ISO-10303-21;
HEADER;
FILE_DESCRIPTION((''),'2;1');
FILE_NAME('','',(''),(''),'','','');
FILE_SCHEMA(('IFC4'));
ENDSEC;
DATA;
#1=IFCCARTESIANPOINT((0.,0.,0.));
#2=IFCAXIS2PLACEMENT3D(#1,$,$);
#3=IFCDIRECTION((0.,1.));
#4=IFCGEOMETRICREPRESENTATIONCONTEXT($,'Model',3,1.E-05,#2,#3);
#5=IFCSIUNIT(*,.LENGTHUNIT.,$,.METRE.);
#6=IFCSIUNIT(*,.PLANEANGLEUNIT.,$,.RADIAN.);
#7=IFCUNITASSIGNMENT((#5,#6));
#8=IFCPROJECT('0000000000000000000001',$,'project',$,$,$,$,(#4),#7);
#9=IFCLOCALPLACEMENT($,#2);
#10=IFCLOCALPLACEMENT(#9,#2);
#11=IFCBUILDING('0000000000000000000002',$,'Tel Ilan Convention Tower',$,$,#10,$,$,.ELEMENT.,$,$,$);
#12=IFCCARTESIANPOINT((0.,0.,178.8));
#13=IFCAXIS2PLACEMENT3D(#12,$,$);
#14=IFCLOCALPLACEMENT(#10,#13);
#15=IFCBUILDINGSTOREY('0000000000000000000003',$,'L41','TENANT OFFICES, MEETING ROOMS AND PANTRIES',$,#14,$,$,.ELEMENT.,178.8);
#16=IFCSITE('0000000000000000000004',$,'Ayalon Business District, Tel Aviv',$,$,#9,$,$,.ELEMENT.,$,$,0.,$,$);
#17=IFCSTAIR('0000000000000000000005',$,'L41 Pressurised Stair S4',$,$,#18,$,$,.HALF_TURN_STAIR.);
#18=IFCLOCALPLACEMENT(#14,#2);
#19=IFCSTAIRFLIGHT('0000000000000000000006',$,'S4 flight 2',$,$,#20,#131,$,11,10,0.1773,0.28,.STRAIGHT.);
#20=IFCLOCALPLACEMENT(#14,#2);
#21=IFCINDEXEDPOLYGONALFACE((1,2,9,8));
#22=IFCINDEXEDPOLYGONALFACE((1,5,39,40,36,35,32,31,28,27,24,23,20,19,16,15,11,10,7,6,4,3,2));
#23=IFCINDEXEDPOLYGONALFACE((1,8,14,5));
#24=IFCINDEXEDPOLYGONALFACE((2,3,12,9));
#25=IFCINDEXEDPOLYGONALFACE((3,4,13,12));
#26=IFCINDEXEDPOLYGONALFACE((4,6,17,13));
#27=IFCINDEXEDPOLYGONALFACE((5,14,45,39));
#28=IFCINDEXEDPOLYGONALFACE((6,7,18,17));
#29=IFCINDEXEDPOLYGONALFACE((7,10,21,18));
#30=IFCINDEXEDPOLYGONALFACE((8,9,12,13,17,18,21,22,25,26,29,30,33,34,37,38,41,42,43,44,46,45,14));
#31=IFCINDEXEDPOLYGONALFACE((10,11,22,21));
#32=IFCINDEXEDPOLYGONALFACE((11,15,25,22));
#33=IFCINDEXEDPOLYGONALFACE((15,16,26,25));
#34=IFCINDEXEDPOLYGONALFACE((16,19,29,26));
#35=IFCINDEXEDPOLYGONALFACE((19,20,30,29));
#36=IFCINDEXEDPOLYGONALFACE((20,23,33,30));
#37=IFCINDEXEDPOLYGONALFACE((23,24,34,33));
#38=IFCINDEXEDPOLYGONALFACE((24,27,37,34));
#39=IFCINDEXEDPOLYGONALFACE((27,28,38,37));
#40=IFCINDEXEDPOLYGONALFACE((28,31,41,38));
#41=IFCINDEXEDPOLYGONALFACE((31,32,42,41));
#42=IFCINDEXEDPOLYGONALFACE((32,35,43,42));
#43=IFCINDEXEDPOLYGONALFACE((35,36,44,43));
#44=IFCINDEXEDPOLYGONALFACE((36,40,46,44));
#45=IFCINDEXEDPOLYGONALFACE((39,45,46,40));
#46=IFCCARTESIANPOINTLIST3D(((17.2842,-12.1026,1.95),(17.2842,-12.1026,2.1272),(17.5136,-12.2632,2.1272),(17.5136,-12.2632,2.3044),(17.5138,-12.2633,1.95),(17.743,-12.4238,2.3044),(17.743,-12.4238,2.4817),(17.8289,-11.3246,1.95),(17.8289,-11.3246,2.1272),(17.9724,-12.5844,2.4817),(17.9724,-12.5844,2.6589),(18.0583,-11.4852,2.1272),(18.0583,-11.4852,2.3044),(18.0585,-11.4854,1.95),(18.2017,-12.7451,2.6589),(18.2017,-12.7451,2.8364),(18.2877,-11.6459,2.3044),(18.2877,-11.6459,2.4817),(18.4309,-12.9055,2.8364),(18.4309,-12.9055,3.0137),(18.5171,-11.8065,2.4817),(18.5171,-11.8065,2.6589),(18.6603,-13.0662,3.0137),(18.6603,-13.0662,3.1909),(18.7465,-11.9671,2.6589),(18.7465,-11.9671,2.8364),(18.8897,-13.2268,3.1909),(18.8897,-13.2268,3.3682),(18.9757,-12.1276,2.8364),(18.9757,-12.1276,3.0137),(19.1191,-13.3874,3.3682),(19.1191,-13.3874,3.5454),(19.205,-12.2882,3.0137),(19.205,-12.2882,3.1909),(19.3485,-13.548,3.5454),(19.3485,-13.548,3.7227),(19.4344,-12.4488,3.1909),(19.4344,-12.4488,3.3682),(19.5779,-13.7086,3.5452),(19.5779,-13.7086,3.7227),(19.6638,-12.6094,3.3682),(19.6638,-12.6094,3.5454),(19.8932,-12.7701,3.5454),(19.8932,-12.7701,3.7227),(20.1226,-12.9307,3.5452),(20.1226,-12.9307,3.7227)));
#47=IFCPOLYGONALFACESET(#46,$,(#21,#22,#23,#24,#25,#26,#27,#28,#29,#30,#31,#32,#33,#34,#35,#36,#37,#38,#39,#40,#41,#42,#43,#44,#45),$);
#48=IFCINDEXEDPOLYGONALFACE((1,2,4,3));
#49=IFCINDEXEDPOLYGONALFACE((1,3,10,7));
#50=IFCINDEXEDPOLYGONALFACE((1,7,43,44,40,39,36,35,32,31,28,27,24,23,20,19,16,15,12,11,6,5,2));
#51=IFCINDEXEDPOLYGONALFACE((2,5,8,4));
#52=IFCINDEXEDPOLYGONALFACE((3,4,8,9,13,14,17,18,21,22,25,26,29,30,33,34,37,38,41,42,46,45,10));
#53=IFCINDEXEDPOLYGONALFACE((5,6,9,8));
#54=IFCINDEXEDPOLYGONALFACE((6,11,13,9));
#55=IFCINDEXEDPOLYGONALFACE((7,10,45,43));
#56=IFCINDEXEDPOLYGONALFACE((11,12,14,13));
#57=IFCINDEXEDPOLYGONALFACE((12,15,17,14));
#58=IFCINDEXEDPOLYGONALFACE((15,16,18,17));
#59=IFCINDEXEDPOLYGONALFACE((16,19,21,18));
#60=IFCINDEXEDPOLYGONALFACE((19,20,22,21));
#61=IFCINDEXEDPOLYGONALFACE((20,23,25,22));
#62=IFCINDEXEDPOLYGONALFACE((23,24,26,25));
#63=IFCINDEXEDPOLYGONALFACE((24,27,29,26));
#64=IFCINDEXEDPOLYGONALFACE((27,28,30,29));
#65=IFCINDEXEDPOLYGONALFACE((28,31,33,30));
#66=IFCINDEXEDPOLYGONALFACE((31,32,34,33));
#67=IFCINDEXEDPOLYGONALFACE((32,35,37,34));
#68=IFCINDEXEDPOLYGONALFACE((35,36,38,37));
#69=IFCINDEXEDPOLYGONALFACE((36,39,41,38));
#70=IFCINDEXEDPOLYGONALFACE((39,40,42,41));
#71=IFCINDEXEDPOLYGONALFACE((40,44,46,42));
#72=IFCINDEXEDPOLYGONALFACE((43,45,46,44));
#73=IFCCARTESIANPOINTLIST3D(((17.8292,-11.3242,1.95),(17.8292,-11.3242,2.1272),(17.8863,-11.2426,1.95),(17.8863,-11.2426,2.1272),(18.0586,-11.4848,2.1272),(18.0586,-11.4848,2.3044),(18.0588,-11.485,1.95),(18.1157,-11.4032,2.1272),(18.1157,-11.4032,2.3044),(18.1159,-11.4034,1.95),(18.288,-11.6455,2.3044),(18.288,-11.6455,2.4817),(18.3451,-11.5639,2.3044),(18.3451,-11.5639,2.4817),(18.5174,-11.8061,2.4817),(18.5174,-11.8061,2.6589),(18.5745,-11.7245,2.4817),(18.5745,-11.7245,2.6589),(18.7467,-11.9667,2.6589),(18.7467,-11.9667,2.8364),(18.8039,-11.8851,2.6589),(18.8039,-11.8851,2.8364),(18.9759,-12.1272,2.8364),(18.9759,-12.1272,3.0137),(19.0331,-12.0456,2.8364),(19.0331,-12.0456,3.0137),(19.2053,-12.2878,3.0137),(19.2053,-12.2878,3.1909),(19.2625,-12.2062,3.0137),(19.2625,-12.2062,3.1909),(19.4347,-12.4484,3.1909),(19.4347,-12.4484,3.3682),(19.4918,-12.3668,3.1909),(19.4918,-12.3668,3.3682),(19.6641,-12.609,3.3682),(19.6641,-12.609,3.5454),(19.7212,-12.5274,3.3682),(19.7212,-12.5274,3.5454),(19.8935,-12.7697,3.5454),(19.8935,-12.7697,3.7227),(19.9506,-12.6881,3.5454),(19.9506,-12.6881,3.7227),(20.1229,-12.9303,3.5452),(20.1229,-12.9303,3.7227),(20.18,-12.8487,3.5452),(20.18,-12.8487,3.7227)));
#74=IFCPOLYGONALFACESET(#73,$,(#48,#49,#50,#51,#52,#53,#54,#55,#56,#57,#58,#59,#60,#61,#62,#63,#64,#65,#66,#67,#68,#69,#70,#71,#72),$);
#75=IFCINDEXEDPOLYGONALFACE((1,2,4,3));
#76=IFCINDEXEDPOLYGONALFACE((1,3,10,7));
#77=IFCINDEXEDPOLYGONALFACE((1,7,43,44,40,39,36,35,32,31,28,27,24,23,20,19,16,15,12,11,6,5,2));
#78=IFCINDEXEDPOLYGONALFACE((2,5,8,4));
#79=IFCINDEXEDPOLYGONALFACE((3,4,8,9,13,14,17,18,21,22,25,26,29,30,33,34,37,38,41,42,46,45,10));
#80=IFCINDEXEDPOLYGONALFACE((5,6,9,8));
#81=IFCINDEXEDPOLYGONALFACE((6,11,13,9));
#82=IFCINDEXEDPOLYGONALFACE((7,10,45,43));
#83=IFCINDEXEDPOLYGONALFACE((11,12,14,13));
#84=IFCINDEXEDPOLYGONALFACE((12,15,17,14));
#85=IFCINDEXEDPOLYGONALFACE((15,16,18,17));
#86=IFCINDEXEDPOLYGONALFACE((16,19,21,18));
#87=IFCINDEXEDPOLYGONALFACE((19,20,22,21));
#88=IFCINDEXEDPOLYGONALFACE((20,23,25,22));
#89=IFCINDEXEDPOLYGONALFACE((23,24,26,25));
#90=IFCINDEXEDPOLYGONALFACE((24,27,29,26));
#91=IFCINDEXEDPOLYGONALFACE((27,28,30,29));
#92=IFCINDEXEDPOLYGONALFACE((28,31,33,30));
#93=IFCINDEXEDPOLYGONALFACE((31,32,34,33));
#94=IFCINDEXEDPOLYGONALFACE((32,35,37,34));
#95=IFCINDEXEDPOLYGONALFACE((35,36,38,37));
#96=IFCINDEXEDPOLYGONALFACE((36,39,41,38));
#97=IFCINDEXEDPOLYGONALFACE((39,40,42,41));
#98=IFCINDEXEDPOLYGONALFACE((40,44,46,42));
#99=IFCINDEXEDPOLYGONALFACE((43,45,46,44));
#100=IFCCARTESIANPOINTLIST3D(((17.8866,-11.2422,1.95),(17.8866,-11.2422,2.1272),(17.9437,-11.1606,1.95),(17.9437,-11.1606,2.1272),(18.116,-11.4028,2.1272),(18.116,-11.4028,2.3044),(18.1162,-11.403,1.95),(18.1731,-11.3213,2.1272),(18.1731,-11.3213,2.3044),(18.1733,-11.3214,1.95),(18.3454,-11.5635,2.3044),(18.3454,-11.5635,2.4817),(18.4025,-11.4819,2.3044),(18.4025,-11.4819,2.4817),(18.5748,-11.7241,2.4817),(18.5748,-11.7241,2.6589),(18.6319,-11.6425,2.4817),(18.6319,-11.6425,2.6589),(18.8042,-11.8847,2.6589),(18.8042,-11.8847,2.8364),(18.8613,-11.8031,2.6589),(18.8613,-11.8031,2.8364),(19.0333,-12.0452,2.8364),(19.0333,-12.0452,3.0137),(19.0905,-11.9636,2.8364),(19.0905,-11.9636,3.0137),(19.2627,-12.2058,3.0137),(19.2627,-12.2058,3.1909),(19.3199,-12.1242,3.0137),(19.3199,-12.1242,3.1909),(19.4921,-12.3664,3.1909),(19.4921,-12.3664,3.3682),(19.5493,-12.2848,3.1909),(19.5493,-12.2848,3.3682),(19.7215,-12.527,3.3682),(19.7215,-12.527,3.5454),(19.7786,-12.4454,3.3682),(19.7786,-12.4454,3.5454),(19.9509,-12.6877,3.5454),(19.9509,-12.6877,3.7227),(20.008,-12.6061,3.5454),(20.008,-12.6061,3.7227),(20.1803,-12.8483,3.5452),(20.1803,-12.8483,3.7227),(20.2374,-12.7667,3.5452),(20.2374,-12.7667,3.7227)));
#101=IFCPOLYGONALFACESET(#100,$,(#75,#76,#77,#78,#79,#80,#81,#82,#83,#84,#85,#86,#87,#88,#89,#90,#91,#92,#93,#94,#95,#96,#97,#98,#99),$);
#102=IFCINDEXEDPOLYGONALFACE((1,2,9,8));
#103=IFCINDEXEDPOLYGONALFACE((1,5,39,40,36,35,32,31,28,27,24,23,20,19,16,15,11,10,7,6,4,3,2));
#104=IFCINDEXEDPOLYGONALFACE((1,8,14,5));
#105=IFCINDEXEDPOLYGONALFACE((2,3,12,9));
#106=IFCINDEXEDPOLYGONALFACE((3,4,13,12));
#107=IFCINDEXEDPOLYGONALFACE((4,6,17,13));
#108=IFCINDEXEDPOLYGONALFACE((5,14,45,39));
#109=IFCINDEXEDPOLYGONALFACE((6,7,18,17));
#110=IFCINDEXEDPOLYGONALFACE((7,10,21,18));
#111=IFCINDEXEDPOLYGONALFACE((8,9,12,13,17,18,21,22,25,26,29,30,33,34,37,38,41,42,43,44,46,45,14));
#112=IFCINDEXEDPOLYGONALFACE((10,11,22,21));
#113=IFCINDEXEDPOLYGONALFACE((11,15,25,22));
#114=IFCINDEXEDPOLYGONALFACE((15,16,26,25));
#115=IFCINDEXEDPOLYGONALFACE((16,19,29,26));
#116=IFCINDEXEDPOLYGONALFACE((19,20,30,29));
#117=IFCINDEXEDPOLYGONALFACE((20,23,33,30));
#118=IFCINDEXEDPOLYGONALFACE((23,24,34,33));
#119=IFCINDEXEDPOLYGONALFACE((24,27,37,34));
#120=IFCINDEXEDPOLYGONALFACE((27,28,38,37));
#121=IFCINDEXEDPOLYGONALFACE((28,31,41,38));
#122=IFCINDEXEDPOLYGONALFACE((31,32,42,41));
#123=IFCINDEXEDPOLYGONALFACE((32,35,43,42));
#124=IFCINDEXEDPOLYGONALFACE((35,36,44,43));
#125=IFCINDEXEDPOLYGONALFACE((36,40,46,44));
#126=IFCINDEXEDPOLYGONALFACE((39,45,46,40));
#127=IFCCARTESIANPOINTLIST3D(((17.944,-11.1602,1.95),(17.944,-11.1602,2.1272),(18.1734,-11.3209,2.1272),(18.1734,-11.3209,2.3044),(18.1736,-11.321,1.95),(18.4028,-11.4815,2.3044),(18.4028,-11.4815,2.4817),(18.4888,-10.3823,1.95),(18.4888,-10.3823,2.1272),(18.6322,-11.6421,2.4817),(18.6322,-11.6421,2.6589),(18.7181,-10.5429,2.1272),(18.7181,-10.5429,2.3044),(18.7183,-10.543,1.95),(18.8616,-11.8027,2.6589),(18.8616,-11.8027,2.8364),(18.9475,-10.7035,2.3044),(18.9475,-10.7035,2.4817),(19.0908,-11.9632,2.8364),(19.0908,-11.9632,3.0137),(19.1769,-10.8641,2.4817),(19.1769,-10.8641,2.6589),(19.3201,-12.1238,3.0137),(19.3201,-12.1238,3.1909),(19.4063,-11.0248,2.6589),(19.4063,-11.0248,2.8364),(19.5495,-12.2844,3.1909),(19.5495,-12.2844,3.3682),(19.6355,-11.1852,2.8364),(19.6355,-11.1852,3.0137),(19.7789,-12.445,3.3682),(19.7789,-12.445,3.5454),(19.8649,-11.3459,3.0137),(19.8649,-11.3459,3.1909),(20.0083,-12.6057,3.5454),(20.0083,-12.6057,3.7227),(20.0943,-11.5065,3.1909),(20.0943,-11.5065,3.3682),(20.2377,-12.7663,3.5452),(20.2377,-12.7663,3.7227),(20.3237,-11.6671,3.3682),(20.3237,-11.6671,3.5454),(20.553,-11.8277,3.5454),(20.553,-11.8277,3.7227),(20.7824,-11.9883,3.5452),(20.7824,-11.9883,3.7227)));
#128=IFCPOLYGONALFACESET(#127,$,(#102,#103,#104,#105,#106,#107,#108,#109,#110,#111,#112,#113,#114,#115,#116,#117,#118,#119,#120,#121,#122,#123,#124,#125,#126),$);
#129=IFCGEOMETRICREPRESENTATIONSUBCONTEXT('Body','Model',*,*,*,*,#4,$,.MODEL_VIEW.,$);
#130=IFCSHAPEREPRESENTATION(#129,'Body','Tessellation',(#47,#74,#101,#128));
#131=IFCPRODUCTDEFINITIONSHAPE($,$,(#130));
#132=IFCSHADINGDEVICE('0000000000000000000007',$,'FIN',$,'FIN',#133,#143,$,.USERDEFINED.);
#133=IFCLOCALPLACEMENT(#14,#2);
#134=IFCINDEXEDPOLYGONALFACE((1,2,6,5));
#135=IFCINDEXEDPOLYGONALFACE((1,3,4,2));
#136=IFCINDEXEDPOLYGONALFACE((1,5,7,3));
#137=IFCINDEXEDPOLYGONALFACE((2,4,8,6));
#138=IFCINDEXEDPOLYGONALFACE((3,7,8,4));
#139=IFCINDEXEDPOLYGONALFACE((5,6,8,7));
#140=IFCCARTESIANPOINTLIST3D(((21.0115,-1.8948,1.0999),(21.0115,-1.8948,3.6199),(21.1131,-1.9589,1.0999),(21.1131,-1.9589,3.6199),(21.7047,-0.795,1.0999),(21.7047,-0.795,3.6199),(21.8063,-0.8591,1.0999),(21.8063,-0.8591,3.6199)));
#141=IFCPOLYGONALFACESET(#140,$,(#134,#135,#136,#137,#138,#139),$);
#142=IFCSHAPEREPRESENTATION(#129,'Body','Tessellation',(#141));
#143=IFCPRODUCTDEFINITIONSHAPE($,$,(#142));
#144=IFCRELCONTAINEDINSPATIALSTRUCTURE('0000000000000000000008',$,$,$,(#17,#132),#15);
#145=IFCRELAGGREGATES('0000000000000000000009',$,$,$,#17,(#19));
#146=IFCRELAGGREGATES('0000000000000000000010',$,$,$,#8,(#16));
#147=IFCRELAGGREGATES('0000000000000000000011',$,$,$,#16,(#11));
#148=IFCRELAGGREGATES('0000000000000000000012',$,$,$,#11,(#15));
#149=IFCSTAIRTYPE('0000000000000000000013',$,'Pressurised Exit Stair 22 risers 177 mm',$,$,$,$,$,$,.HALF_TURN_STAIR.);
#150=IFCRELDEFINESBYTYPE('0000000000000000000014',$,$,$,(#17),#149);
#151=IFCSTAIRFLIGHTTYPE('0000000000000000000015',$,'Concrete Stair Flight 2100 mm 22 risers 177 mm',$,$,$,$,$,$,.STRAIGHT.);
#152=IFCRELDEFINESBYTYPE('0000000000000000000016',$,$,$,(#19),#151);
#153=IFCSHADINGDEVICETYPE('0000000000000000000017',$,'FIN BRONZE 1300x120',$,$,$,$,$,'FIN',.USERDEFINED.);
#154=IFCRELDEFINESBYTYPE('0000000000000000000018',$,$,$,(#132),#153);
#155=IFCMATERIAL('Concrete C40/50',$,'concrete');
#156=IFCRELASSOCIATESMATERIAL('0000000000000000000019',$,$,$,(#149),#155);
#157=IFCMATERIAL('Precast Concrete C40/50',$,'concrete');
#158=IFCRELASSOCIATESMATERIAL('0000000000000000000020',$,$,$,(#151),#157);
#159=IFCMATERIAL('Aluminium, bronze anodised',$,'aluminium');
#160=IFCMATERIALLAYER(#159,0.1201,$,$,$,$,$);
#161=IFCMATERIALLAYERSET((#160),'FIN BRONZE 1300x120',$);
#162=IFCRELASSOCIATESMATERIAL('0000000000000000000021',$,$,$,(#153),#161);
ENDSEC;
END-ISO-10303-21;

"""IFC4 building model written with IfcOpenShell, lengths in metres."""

from ifc_helpers import new_model, si_unit, direction, frame, origin, origin_2d, place, context, subcontext, project, spatial, polyline, rectangle, outline, extrude, material, layer, layer_set, type_object, element, aggregate, save


model = new_model("IFC4")

# Units and contexts
model_context = context("Model", 3, precision=1e-05, world=origin(), true_north=direction((0.0, 1.0)))
body_context = subcontext(model_context, "Body", "Model", "MODEL_VIEW")
ifc_project = project(units=[si_unit("LENGTHUNIT", "METRE"), si_unit("PLANEANGLEUNIT", "RADIAN")], contexts=[model_context])

# Site, building, storey
site_placement = place(None, origin())
site = spatial("IfcSite", under=ifc_project, at=site_placement, Name="Ayalon Business District, Tel Aviv", CompositionType="ELEMENT", RefElevation=0.0)
building_placement = place(site_placement, origin())
building = spatial("IfcBuilding", under=site, at=building_placement, Name="Tel Ilan Convention Tower", CompositionType="ELEMENT")
storey_placement = place(building_placement, frame((0.0, 0.0, 178.8)))
storey = spatial("IfcBuildingStorey", under=building, at=storey_placement, Name="L41", Description="TENANT OFFICES, MEETING ROOMS AND PANTRIES", CompositionType="ELEMENT", Elevation=178.8)

# Shared definitions
ifc_material_1 = material(Name="Concrete C40/50", Category="concrete")
stair_type = type_object("IfcStairType", Name="Pressurised Exit Stair 22 risers 177 mm", PredefinedType="HALF_TURN_STAIR", material=ifc_material_1)
ifc_material_2 = material(Name="Precast Concrete C40/50", Category="concrete")
stair_flight_type = type_object("IfcStairFlightType", Name="Concrete Stair Flight 2100 mm 22 risers 177 mm", PredefinedType="STRAIGHT", material=ifc_material_2)

# Stair, stair flight
stair_1_placement = place(storey_placement, origin())
stair_1 = element("IfcStair", 1, at=stair_1_placement, inside=storey, type_object=stair_type, Name="L41 Pressurised Stair S4", PredefinedType="HALF_TURN_STAIR")
stair_flight_1_placement = place(storey_placement, frame((17.8865, -11.2424, 1.95), z_axis=(0.0, 0.0, 1.0), x_axis=(0.819152, -0.573576, 0.0)))
stair_flight_1 = element("IfcStairFlight", 2, at=stair_flight_1_placement, type_object=stair_flight_type, Name="S4 flight 2", NumberOfRisers=11, NumberOfTreads=10, PredefinedType="STRAIGHT", RiserHeight=0.1773, TreadLength=0.28, context=body_context, shape_type="SweptSolid", body=[
    extrude(outline(polyline([(0.0, 0.0), (0.0, 0.1772), (0.28, 0.1772), (0.28, 0.3545), (0.5601, 0.3545), (0.5601, 0.5317), (0.8401, 0.5317), (0.8401, 0.709), (1.1201, 0.709), (1.1201, 0.8865), (1.3999, 0.8865), (1.3999, 1.0637), (1.6799, 1.0637), (1.6799, 1.241), (1.96, 1.241), (1.96, 1.4182), (2.24, 1.4182), (2.24, 1.5955), (2.52, 1.5955), (2.52, 1.7727), (2.8, 1.7727), (2.8, 1.95), (2.8, 1.5952), (0.2803, 0.0), (0.0, 0.0)])), frame((0.0, -0.1003, 0.0), z_axis=(0.0, -1.0, 0.0), x_axis=(1.0, 0.0, 0.0)), (0.0, 0.0, 1.0), 0.9497),
    extrude(outline(polyline([(0.0, 0.0), (0.0, 0.1772), (0.28, 0.1772), (0.28, 0.3545), (0.5601, 0.3545), (0.5601, 0.5317), (0.8401, 0.5317), (0.8401, 0.709), (1.1201, 0.709), (1.1201, 0.8865), (1.3999, 0.8865), (1.3999, 1.0637), (1.6799, 1.0637), (1.6799, 1.241), (1.96, 1.241), (1.96, 1.4182), (2.24, 1.4182), (2.24, 1.5955), (2.52, 1.5955), (2.52, 1.7727), (2.8, 1.7727), (2.8, 1.95), (2.8, 1.5952), (0.2803, 0.0), (0.0, 0.0)])), frame((0.0, -0.0002, 0.0), z_axis=(0.0, -1.0, 0.0), x_axis=(1.0, 0.0, 0.0)), (0.0, 0.0, 1.0), 0.0996),
    extrude(outline(polyline([(0.0, 0.0), (0.0, 0.1772), (0.28, 0.1772), (0.28, 0.3545), (0.5601, 0.3545), (0.5601, 0.5317), (0.8401, 0.5317), (0.8401, 0.709), (1.1201, 0.709), (1.1201, 0.8865), (1.3999, 0.8865), (1.3999, 1.0637), (1.6799, 1.0637), (1.6799, 1.241), (1.96, 1.241), (1.96, 1.4182), (2.24, 1.4182), (2.24, 1.5955), (2.52, 1.5955), (2.52, 1.7727), (2.8, 1.7727), (2.8, 1.95), (2.8, 1.5952), (0.2803, 0.0), (0.0, 0.0)])), frame((0.0, 0.0999, 0.0), z_axis=(0.0, -1.0, 0.0), x_axis=(1.0, 0.0, 0.0)), (0.0, 0.0, 1.0), 0.0996),
    extrude(outline(polyline([(0.0, 0.0), (0.0, 0.1772), (0.28, 0.1772), (0.28, 0.3545), (0.5601, 0.3545), (0.5601, 0.5317), (0.8401, 0.5317), (0.8401, 0.709), (1.1201, 0.709), (1.1201, 0.8865), (1.3999, 0.8865), (1.3999, 1.0637), (1.6799, 1.0637), (1.6799, 1.241), (1.96, 1.241), (1.96, 1.4182), (2.24, 1.4182), (2.24, 1.5955), (2.52, 1.5955), (2.52, 1.7727), (2.8, 1.7727), (2.8, 1.95), (2.8, 1.5952), (0.2803, 0.0), (0.0, 0.0)])), frame((0.0, 1.05, 0.0), z_axis=(0.0, -1.0, 0.0), x_axis=(1.0, 0.0, 0.0)), (0.0, 0.0, 1.0), 0.9497),
])
aggregate(stair_1, [stair_flight_1])

# Shading device
ifc_material_3 = material(Name="Aluminium, bronze anodised", Category="aluminium")
ifc_layer_1 = layer(ifc_material_3, 0.1201)
ifc_layer_set_1 = layer_set([ifc_layer_1], Name="FIN BRONZE 1300x120")
shading_device_type = type_object("IfcShadingDeviceType", Name="FIN BRONZE 1300x120", ElementType="FIN", PredefinedType="USERDEFINED", material=ifc_layer_set_1)
shading_device_placement = place(storey_placement, frame((21.4089, -1.377, 1.0999), z_axis=(0.0, 0.0, 1.0), x_axis=(0.533204, 0.845986, 0.0)))
element("IfcShadingDevice", 3, at=shading_device_placement, inside=storey, type_object=shading_device_type, Name="FIN", ObjectType="FIN", PredefinedType="USERDEFINED", context=body_context, shape_type="SweptSolid", body=[
    extrude(rectangle(XDim=1.3, YDim=0.1201, at=origin_2d()), origin(), (0.0, 0.0, 1.0), 2.52),
])

save(model, "model.ifc")
